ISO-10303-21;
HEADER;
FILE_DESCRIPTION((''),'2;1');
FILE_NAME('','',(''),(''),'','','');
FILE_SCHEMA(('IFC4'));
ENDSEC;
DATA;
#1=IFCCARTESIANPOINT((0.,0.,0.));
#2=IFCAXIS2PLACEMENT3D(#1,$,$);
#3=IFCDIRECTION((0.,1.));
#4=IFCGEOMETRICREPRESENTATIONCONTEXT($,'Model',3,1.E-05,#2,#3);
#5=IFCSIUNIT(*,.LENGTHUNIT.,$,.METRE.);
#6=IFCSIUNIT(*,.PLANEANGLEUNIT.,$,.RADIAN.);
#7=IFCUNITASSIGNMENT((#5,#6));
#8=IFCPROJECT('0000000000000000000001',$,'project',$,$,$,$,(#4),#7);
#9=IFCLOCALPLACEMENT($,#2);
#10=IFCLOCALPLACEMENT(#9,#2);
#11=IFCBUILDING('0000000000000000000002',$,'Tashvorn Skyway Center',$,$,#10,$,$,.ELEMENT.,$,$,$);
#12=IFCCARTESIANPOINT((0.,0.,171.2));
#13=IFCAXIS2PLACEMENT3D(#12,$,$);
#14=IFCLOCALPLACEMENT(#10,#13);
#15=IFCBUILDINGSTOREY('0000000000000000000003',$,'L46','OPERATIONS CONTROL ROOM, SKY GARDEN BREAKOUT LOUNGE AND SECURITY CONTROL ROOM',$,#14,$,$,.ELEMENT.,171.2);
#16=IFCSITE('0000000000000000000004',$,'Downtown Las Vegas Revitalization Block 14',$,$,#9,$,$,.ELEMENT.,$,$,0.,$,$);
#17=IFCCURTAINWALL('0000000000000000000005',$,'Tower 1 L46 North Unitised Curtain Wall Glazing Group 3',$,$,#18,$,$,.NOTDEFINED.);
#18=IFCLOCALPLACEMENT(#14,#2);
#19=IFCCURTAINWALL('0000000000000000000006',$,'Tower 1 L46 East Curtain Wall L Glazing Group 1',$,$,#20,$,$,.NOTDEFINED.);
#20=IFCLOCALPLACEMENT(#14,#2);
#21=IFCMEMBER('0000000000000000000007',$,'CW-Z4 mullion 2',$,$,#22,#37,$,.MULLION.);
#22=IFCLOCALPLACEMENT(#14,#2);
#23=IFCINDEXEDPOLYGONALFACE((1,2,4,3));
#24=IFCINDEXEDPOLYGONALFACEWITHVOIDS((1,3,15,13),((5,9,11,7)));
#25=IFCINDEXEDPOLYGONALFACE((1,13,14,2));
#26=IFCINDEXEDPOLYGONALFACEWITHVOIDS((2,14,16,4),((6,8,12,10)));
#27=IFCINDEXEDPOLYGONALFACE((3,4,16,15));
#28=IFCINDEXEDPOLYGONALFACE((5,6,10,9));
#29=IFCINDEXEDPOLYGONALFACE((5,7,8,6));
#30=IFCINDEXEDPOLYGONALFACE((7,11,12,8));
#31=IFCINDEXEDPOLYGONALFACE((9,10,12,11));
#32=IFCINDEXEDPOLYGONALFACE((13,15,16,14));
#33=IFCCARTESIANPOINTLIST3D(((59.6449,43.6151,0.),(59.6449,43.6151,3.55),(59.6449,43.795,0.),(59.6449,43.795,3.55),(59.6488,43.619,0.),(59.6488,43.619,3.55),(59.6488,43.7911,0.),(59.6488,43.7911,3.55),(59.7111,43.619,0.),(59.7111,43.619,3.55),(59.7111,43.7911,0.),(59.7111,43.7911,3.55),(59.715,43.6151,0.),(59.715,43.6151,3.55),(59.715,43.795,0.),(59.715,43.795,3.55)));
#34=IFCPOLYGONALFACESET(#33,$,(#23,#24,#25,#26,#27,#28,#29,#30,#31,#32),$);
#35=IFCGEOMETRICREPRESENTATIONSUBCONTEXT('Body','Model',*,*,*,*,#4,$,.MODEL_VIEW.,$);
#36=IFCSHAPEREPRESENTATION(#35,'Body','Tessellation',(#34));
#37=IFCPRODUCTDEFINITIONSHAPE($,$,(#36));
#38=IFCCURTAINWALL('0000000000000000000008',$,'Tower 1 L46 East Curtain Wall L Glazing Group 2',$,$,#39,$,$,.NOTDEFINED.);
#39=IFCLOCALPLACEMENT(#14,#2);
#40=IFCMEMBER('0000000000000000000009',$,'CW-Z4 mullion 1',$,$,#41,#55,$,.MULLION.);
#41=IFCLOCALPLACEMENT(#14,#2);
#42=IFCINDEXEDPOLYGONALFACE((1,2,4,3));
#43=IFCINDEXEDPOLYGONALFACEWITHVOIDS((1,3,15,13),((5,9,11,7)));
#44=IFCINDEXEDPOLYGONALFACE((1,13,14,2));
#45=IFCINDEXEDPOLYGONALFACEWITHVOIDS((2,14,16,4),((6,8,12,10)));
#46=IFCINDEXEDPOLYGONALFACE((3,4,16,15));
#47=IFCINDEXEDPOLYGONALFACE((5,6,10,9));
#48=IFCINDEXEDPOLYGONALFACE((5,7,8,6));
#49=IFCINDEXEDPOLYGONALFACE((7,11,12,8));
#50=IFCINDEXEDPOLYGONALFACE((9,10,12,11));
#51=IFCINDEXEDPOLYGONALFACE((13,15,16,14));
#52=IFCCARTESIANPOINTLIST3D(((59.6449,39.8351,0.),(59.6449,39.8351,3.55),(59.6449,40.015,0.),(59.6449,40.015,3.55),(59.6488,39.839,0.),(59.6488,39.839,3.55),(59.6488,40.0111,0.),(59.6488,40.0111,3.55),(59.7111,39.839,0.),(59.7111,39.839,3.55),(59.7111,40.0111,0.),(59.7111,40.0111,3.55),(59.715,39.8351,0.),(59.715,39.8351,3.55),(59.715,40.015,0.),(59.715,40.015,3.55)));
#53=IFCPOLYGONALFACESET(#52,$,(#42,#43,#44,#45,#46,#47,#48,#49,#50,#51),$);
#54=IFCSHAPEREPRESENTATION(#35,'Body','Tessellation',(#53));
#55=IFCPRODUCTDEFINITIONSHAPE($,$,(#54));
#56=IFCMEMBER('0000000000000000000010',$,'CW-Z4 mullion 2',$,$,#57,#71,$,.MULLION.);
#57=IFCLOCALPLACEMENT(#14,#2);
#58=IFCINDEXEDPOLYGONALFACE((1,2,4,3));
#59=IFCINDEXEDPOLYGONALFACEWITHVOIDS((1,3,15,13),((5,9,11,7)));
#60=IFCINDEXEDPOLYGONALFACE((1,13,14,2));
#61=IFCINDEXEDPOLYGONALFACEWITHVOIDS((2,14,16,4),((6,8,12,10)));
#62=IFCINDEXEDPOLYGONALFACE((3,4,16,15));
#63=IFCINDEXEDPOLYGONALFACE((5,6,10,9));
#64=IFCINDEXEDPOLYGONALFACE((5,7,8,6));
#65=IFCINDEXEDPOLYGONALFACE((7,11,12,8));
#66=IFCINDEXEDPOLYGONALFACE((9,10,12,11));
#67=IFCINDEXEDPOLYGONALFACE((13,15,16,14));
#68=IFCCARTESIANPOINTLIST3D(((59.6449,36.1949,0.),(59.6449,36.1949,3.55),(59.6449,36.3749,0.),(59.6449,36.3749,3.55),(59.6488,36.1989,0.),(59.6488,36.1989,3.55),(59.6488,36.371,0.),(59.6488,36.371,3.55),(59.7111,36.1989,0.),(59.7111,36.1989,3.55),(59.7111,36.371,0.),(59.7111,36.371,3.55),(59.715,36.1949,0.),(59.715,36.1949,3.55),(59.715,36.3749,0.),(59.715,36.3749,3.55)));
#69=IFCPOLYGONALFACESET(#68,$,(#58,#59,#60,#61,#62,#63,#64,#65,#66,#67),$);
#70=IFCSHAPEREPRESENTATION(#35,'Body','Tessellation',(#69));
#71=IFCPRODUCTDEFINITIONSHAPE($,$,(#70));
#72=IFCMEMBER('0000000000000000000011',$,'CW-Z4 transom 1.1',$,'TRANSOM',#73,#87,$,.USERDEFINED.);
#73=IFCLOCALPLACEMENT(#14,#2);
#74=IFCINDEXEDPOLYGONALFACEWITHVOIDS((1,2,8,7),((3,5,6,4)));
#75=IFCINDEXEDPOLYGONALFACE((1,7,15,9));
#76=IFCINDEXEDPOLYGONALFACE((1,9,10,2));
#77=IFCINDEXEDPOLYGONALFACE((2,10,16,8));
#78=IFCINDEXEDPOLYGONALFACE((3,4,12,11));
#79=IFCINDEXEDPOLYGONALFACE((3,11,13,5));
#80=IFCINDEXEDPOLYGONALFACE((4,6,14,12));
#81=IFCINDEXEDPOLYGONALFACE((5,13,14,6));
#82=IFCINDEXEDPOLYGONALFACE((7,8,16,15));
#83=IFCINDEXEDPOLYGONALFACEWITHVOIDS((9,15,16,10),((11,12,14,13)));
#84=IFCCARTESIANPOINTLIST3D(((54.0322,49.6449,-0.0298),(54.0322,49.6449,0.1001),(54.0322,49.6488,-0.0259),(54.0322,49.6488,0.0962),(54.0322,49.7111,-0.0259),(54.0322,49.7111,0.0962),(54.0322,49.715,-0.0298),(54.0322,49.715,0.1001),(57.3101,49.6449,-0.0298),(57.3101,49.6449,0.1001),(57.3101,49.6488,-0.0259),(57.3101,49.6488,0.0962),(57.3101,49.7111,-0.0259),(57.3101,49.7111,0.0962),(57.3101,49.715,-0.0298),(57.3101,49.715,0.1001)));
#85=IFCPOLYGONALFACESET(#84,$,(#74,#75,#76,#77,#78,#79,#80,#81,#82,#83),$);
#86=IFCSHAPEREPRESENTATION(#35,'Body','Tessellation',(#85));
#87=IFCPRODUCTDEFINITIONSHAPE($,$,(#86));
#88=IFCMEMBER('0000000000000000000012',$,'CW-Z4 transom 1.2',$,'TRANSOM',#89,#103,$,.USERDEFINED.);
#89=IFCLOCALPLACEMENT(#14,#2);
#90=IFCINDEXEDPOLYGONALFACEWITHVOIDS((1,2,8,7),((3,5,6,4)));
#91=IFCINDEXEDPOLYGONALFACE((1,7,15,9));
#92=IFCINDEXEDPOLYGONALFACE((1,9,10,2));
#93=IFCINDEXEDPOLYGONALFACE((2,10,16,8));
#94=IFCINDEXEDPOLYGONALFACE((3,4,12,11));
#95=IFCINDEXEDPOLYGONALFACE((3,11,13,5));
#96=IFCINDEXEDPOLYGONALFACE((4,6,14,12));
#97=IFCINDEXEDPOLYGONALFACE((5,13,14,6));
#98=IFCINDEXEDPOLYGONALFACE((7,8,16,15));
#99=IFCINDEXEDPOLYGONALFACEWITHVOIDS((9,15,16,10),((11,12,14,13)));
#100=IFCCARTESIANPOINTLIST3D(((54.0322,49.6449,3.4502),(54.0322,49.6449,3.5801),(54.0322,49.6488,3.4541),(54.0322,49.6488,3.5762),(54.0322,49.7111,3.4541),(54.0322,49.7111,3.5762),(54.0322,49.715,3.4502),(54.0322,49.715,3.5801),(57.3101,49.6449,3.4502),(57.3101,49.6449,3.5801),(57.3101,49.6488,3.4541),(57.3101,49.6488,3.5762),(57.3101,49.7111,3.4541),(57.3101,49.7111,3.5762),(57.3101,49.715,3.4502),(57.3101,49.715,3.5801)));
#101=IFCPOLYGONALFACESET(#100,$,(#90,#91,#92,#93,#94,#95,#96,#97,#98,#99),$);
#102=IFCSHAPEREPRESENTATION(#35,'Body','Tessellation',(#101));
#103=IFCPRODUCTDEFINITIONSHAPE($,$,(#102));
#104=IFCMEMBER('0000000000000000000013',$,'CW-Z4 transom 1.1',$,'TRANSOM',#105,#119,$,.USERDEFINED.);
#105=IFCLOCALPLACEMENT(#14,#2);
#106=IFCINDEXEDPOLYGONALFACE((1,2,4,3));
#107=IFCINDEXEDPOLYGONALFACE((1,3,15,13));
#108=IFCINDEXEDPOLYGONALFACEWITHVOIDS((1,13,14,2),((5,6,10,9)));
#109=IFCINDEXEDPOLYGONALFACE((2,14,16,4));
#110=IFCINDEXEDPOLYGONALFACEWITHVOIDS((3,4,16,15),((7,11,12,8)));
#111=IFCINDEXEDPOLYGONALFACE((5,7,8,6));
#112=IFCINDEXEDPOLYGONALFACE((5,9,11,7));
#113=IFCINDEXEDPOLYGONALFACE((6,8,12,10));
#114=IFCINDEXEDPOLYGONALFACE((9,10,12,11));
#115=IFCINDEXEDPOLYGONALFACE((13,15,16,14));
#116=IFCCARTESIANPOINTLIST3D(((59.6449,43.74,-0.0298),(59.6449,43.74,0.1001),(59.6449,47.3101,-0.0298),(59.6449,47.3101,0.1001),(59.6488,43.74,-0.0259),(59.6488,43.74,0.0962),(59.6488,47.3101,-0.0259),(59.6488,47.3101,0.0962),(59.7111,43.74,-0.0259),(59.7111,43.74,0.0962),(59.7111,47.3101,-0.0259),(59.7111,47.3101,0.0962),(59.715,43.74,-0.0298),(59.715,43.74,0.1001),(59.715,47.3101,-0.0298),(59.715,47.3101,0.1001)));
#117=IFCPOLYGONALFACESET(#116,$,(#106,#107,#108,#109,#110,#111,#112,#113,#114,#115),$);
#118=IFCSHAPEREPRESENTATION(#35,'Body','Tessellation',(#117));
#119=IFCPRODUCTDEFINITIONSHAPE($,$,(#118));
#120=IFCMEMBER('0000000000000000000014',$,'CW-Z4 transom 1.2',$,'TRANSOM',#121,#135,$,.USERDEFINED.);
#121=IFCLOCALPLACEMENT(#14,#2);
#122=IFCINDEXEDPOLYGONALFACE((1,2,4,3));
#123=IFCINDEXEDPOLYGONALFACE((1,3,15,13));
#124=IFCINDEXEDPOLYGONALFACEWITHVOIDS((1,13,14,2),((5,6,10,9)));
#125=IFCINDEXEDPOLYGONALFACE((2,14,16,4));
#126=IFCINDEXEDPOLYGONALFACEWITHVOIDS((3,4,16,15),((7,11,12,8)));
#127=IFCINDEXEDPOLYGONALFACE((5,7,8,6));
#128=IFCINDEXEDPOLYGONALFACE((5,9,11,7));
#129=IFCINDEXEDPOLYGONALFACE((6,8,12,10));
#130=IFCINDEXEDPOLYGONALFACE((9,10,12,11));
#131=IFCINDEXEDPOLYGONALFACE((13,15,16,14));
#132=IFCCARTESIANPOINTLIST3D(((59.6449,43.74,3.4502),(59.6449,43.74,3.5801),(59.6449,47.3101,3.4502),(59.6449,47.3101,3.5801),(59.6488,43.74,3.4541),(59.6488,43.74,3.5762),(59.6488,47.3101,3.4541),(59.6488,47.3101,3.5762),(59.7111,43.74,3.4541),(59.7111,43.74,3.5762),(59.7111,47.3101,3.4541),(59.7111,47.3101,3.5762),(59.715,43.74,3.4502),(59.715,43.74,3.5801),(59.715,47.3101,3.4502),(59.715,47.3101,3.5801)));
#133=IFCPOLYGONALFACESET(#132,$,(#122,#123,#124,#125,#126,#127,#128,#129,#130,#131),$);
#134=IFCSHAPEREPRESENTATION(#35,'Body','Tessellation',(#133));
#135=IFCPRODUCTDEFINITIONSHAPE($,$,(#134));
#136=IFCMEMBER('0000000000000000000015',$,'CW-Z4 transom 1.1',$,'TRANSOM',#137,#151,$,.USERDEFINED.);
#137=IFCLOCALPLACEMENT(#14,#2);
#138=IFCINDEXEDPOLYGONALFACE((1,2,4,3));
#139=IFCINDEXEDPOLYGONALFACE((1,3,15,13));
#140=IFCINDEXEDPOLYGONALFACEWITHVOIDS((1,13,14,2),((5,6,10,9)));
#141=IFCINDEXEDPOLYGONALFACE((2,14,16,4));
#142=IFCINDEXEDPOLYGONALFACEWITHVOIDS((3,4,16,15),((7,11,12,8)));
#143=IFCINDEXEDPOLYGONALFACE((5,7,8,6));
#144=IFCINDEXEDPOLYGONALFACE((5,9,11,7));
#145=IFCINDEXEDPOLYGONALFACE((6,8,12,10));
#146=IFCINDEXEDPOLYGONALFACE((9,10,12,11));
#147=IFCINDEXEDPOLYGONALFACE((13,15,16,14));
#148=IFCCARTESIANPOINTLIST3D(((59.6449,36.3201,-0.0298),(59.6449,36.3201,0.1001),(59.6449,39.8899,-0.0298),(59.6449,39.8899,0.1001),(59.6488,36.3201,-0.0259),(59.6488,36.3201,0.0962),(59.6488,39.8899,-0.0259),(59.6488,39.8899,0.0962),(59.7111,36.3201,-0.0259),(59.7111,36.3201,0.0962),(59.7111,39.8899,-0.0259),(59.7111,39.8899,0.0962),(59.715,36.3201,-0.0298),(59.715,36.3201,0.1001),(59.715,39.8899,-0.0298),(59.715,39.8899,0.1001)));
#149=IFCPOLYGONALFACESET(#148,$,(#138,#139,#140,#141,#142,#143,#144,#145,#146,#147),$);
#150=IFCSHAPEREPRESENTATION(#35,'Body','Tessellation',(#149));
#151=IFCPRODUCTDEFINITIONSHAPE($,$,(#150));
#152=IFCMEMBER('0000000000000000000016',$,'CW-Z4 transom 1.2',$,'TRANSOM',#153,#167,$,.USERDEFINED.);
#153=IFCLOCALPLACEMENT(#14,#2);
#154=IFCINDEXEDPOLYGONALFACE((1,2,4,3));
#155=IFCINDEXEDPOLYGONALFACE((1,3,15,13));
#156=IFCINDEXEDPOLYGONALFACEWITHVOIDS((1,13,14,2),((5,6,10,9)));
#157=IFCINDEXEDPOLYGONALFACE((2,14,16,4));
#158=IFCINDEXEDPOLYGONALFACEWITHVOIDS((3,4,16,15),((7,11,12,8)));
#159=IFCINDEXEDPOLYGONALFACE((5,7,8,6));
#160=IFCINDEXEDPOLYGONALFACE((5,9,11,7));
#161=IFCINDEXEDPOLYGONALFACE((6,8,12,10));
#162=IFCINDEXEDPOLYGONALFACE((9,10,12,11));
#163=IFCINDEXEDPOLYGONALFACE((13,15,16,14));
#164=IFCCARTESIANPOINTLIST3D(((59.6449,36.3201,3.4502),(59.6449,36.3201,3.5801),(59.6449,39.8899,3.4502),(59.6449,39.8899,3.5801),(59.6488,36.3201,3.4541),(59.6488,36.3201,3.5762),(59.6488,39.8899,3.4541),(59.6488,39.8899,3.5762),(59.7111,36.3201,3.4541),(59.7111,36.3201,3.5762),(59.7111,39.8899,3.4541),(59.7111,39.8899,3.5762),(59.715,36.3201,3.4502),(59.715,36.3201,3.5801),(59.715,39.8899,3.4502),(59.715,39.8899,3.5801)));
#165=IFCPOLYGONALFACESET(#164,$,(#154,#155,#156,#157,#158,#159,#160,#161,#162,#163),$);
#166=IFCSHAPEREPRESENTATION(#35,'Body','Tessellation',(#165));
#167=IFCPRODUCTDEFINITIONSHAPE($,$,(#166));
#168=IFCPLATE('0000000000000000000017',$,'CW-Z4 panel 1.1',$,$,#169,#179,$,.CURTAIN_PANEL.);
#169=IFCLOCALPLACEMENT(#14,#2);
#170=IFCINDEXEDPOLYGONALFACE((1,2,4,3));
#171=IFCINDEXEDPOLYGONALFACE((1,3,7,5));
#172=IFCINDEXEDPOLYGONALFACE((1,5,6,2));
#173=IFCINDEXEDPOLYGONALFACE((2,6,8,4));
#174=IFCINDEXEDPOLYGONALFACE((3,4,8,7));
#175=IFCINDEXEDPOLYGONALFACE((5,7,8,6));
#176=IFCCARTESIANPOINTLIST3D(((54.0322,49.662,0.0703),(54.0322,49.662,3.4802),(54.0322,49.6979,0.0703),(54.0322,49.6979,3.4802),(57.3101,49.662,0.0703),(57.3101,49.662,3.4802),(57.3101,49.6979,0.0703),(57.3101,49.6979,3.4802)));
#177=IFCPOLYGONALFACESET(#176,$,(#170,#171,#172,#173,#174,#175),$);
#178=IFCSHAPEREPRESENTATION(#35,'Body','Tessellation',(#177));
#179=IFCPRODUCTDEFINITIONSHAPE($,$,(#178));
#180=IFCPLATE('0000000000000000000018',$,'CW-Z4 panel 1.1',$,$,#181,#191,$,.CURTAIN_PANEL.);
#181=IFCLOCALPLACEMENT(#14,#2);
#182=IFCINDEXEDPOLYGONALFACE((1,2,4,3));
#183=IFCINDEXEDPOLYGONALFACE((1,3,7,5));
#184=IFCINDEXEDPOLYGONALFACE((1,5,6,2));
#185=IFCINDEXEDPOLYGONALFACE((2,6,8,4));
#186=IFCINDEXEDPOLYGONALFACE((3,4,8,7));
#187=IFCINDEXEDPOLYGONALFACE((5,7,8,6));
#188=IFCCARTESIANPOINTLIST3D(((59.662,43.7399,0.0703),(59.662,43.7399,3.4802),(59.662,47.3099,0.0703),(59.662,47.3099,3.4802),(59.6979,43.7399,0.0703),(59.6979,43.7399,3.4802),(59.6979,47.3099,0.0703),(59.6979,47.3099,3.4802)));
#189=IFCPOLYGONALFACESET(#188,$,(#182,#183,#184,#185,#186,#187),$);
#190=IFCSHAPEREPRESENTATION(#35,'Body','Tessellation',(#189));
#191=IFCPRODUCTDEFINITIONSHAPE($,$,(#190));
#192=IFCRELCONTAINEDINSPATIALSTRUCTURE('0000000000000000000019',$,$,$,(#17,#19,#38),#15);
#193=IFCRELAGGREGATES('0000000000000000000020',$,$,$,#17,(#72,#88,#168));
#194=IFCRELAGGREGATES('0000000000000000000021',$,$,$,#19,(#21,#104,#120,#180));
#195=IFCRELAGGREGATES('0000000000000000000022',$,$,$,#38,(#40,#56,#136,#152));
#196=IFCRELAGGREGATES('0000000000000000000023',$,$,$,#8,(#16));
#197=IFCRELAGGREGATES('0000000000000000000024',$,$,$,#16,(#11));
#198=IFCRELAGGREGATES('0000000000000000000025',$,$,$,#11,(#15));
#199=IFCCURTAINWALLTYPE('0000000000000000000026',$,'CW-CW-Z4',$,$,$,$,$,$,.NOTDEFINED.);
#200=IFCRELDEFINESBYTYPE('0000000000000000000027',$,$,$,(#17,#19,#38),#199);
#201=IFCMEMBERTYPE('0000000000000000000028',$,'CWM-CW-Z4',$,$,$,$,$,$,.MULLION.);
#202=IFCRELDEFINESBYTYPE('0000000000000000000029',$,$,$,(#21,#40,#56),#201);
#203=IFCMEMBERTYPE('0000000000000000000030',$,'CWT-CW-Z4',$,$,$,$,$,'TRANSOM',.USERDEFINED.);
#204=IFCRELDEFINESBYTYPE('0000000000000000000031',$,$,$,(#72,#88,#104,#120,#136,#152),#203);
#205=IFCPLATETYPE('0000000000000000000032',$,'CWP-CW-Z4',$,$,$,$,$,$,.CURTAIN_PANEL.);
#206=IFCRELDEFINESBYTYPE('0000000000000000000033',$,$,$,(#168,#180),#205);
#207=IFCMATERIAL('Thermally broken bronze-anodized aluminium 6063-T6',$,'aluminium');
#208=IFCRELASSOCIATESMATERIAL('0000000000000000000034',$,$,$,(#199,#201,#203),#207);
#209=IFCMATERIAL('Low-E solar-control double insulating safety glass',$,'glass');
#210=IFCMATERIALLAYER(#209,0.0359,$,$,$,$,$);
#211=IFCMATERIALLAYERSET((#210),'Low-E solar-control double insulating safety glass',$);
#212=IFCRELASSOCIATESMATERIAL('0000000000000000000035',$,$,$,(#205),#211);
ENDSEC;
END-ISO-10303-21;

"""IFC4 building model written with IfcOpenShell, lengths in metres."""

from ifc_helpers import new_model, si_unit, direction, frame, origin, origin_2d, place, context, subcontext, project, spatial, rectangle, hollow_rectangle, extrude, material, layer, layer_set, material_profile, profile_set, type_object, element, aggregate, save


model = new_model("IFC4")

# Units and contexts
model_context = context("Model", 3, precision=1e-05, world=origin(), true_north=direction((0.0, 1.0)))
body_context = subcontext(model_context, "Body", "Model", "MODEL_VIEW")
ifc_project = project(units=[si_unit("LENGTHUNIT", "METRE"), si_unit("PLANEANGLEUNIT", "RADIAN")], contexts=[model_context])

# Site, building, storey
site_placement = place(None, origin())
site = spatial("IfcSite", under=ifc_project, at=site_placement, Name="Downtown Las Vegas Revitalization Block 14", CompositionType="ELEMENT", RefElevation=0.0)
building_placement = place(site_placement, origin())
building = spatial("IfcBuilding", under=site, at=building_placement, Name="Tashvorn Skyway Center", CompositionType="ELEMENT")
storey_placement = place(building_placement, frame((0.0, 0.0, 171.2)))
storey = spatial("IfcBuildingStorey", under=building, at=storey_placement, Name="L46", Description="OPERATIONS CONTROL ROOM, SKY GARDEN BREAKOUT LOUNGE AND SECURITY CONTROL ROOM", CompositionType="ELEMENT", Elevation=171.2)

# Curtain walls, members
ifc_material_1 = material(Name="Thermally broken bronze-anodized aluminium 6063-T6", Category="aluminium")
curtain_wall_type = type_object("IfcCurtainWallType", Name="CW-CW-Z4", PredefinedType="NOTDEFINED", material=ifc_material_1)
curtain_wall_1_placement = place(storey_placement, origin())
curtain_wall_1 = element("IfcCurtainWall", 1, at=curtain_wall_1_placement, inside=storey, type_object=curtain_wall_type, Name="Tower 1 L46 North Unitised Curtain Wall Glazing Group 3", PredefinedType="NOTDEFINED")
ifc_material_profile_1 = material_profile(ifc_material_1, hollow_rectangle(XDim=0.0701, YDim=0.1799, WallThickness=0.0039, at=origin_2d()), Name="ALU-MULL-70x180")
ifc_profile_set_1 = profile_set([ifc_material_profile_1], Name="Thermally broken bronze-anodized aluminium 6063-T6")
member_type_1 = type_object("IfcMemberType", Name="CWM-CW-Z4", PredefinedType="MULLION", material=ifc_profile_set_1)
curtain_wall_2_placement = place(storey_placement, origin())
curtain_wall_2 = element("IfcCurtainWall", 2, at=curtain_wall_2_placement, inside=storey, type_object=curtain_wall_type, Name="Tower 1 L46 East Curtain Wall L Glazing Group 1", PredefinedType="NOTDEFINED")
member_1_placement = place(storey_placement, frame((59.6799, 43.7051, 0.0), z_axis=(0.0, 0.0, 1.0), x_axis=(1.0, 0.0, 0.0)))
member_1 = element("IfcMember", 3, at=member_1_placement, type_object=member_type_1, Name="CW-Z4 mullion 2", PredefinedType="MULLION", context=body_context, shape_type="SweptSolid", body=[
    extrude(hollow_rectangle(XDim=0.0701, YDim=0.1799, WallThickness=0.0039, at=origin_2d()), origin(), (0.0, 0.0, 1.0), 3.55),
])
curtain_wall_3_placement = place(storey_placement, origin())
curtain_wall_3 = element("IfcCurtainWall", 4, at=curtain_wall_3_placement, inside=storey, type_object=curtain_wall_type, Name="Tower 1 L46 East Curtain Wall L Glazing Group 2", PredefinedType="NOTDEFINED")
member_2_placement = place(storey_placement, frame((59.6799, 39.925, 0.0), z_axis=(0.0, 0.0, 1.0), x_axis=(1.0, 0.0, 0.0)))
member_2 = element("IfcMember", 5, at=member_2_placement, type_object=member_type_1, Name="CW-Z4 mullion 1", PredefinedType="MULLION", context=body_context, shape_type="SweptSolid", body=[
    extrude(hollow_rectangle(XDim=0.0701, YDim=0.1799, WallThickness=0.0039, at=origin_2d()), origin(), (0.0, 0.0, 1.0), 3.55),
])
member_3_placement = place(storey_placement, frame((59.6799, 36.2849, 0.0), z_axis=(0.0, 0.0, 1.0), x_axis=(1.0, 0.0, 0.0)))
member_3 = element("IfcMember", 6, at=member_3_placement, type_object=member_type_1, Name="CW-Z4 mullion 2", PredefinedType="MULLION", context=body_context, shape_type="SweptSolid", body=[
    extrude(hollow_rectangle(XDim=0.0701, YDim=0.1799, WallThickness=0.0039, at=origin_2d()), origin(), (0.0, 0.0, 1.0), 3.55),
])

# Members
ifc_material_profile_2 = material_profile(ifc_material_1, hollow_rectangle(XDim=0.0701, YDim=0.1299, WallThickness=0.0039, at=origin_2d()), Name="ALU-TRAN-70x130")
ifc_profile_set_2 = profile_set([ifc_material_profile_2], Name="Thermally broken bronze-anodized aluminium 6063-T6")
member_type_2 = type_object("IfcMemberType", Name="CWT-CW-Z4", ElementType="TRANSOM", PredefinedType="USERDEFINED", material=ifc_profile_set_2)
member_4_placement = place(storey_placement, frame((54.0322, 49.6799, 0.0352), z_axis=(1.0, 0.0, 0.0), x_axis=(0.0, 1.0, 0.0)))
member_4 = element("IfcMember", 7, at=member_4_placement, type_object=member_type_2, Name="CW-Z4 transom 1.1", ObjectType="TRANSOM", PredefinedType="USERDEFINED", context=body_context, shape_type="SweptSolid", body=[
    extrude(hollow_rectangle(XDim=0.0701, YDim=0.1299, WallThickness=0.0039, at=origin_2d()), origin(), (0.0, 0.0, 1.0), 3.2778),
])
member_5_placement = place(storey_placement, frame((54.0322, 49.6799, 3.5151), z_axis=(1.0, 0.0, 0.0), x_axis=(0.0, 1.0, 0.0)))
member_5 = element("IfcMember", 8, at=member_5_placement, type_object=member_type_2, Name="CW-Z4 transom 1.2", ObjectType="TRANSOM", PredefinedType="USERDEFINED", context=body_context, shape_type="SweptSolid", body=[
    extrude(hollow_rectangle(XDim=0.0701, YDim=0.1299, WallThickness=0.0039, at=origin_2d()), origin(), (0.0, 0.0, 1.0), 3.2778),
])
member_6_placement = place(storey_placement, frame((59.6799, 47.3101, 0.0352), z_axis=(0.0, -1.0, 0.0), x_axis=(1.0, 0.0, 0.0)))
member_6 = element("IfcMember", 9, at=member_6_placement, type_object=member_type_2, Name="CW-Z4 transom 1.1", ObjectType="TRANSOM", PredefinedType="USERDEFINED", context=body_context, shape_type="SweptSolid", body=[
    extrude(hollow_rectangle(XDim=0.0701, YDim=0.1299, WallThickness=0.0039, at=origin_2d()), origin(), (0.0, 0.0, 1.0), 3.5701),
])
member_7_placement = place(storey_placement, frame((59.6799, 47.3101, 3.5151), z_axis=(0.0, -1.0, 0.0), x_axis=(1.0, 0.0, 0.0)))
member_7 = element("IfcMember", 10, at=member_7_placement, type_object=member_type_2, Name="CW-Z4 transom 1.2", ObjectType="TRANSOM", PredefinedType="USERDEFINED", context=body_context, shape_type="SweptSolid", body=[
    extrude(hollow_rectangle(XDim=0.0701, YDim=0.1299, WallThickness=0.0039, at=origin_2d()), origin(), (0.0, 0.0, 1.0), 3.5701),
])
member_8_placement = place(storey_placement, frame((59.6799, 39.8899, 0.0352), z_axis=(0.0, -1.0, 0.0), x_axis=(1.0, 0.0, 0.0)))
member_8 = element("IfcMember", 11, at=member_8_placement, type_object=member_type_2, Name="CW-Z4 transom 1.1", ObjectType="TRANSOM", PredefinedType="USERDEFINED", context=body_context, shape_type="SweptSolid", body=[
    extrude(hollow_rectangle(XDim=0.0701, YDim=0.1299, WallThickness=0.0039, at=origin_2d()), origin(), (0.0, 0.0, 1.0), 3.5698),
])
member_9_placement = place(storey_placement, frame((59.6799, 39.8899, 3.5151), z_axis=(0.0, -1.0, 0.0), x_axis=(1.0, 0.0, 0.0)))
member_9 = element("IfcMember", 12, at=member_9_placement, type_object=member_type_2, Name="CW-Z4 transom 1.2", ObjectType="TRANSOM", PredefinedType="USERDEFINED", context=body_context, shape_type="SweptSolid", body=[
    extrude(hollow_rectangle(XDim=0.0701, YDim=0.1299, WallThickness=0.0039, at=origin_2d()), origin(), (0.0, 0.0, 1.0), 3.5698),
])

# Plates
ifc_material_2 = material(Name="Low-E solar-control double insulating safety glass", Category="glass")
ifc_layer_1 = layer(ifc_material_2, 0.0359)
ifc_layer_set_1 = layer_set([ifc_layer_1], Name="Low-E solar-control double insulating safety glass")
plate_type = type_object("IfcPlateType", Name="CWP-CW-Z4", PredefinedType="CURTAIN_PANEL", material=ifc_layer_set_1)
plate_1_placement = place(storey_placement, frame((55.6711, 49.6799, 0.0703), z_axis=(0.0, 0.0, 1.0), x_axis=(1.0, 0.0, 0.0)))
plate_1 = element("IfcPlate", 13, at=plate_1_placement, type_object=plate_type, Name="CW-Z4 panel 1.1", PredefinedType="CURTAIN_PANEL", context=body_context, shape_type="SweptSolid", body=[
    extrude(rectangle(XDim=3.2778, YDim=0.0359, at=origin_2d()), origin(), (0.0, 0.0, 1.0), 3.4099),
])
aggregate(curtain_wall_1, [member_4, member_5, plate_1])
plate_2_placement = place(storey_placement, frame((59.6799, 45.5249, 0.0703), z_axis=(0.0, 0.0, 1.0), x_axis=(0.0, -1.0, 0.0)))
plate_2 = element("IfcPlate", 14, at=plate_2_placement, type_object=plate_type, Name="CW-Z4 panel 1.1", PredefinedType="CURTAIN_PANEL", context=body_context, shape_type="SweptSolid", body=[
    extrude(rectangle(XDim=3.5701, YDim=0.0359, at=origin_2d()), origin(), (0.0, 0.0, 1.0), 3.4099),
])
aggregate(curtain_wall_2, [member_1, member_6, member_7, plate_2])
aggregate(curtain_wall_3, [member_2, member_3, member_8, member_9])

save(model, "model.ifc")
